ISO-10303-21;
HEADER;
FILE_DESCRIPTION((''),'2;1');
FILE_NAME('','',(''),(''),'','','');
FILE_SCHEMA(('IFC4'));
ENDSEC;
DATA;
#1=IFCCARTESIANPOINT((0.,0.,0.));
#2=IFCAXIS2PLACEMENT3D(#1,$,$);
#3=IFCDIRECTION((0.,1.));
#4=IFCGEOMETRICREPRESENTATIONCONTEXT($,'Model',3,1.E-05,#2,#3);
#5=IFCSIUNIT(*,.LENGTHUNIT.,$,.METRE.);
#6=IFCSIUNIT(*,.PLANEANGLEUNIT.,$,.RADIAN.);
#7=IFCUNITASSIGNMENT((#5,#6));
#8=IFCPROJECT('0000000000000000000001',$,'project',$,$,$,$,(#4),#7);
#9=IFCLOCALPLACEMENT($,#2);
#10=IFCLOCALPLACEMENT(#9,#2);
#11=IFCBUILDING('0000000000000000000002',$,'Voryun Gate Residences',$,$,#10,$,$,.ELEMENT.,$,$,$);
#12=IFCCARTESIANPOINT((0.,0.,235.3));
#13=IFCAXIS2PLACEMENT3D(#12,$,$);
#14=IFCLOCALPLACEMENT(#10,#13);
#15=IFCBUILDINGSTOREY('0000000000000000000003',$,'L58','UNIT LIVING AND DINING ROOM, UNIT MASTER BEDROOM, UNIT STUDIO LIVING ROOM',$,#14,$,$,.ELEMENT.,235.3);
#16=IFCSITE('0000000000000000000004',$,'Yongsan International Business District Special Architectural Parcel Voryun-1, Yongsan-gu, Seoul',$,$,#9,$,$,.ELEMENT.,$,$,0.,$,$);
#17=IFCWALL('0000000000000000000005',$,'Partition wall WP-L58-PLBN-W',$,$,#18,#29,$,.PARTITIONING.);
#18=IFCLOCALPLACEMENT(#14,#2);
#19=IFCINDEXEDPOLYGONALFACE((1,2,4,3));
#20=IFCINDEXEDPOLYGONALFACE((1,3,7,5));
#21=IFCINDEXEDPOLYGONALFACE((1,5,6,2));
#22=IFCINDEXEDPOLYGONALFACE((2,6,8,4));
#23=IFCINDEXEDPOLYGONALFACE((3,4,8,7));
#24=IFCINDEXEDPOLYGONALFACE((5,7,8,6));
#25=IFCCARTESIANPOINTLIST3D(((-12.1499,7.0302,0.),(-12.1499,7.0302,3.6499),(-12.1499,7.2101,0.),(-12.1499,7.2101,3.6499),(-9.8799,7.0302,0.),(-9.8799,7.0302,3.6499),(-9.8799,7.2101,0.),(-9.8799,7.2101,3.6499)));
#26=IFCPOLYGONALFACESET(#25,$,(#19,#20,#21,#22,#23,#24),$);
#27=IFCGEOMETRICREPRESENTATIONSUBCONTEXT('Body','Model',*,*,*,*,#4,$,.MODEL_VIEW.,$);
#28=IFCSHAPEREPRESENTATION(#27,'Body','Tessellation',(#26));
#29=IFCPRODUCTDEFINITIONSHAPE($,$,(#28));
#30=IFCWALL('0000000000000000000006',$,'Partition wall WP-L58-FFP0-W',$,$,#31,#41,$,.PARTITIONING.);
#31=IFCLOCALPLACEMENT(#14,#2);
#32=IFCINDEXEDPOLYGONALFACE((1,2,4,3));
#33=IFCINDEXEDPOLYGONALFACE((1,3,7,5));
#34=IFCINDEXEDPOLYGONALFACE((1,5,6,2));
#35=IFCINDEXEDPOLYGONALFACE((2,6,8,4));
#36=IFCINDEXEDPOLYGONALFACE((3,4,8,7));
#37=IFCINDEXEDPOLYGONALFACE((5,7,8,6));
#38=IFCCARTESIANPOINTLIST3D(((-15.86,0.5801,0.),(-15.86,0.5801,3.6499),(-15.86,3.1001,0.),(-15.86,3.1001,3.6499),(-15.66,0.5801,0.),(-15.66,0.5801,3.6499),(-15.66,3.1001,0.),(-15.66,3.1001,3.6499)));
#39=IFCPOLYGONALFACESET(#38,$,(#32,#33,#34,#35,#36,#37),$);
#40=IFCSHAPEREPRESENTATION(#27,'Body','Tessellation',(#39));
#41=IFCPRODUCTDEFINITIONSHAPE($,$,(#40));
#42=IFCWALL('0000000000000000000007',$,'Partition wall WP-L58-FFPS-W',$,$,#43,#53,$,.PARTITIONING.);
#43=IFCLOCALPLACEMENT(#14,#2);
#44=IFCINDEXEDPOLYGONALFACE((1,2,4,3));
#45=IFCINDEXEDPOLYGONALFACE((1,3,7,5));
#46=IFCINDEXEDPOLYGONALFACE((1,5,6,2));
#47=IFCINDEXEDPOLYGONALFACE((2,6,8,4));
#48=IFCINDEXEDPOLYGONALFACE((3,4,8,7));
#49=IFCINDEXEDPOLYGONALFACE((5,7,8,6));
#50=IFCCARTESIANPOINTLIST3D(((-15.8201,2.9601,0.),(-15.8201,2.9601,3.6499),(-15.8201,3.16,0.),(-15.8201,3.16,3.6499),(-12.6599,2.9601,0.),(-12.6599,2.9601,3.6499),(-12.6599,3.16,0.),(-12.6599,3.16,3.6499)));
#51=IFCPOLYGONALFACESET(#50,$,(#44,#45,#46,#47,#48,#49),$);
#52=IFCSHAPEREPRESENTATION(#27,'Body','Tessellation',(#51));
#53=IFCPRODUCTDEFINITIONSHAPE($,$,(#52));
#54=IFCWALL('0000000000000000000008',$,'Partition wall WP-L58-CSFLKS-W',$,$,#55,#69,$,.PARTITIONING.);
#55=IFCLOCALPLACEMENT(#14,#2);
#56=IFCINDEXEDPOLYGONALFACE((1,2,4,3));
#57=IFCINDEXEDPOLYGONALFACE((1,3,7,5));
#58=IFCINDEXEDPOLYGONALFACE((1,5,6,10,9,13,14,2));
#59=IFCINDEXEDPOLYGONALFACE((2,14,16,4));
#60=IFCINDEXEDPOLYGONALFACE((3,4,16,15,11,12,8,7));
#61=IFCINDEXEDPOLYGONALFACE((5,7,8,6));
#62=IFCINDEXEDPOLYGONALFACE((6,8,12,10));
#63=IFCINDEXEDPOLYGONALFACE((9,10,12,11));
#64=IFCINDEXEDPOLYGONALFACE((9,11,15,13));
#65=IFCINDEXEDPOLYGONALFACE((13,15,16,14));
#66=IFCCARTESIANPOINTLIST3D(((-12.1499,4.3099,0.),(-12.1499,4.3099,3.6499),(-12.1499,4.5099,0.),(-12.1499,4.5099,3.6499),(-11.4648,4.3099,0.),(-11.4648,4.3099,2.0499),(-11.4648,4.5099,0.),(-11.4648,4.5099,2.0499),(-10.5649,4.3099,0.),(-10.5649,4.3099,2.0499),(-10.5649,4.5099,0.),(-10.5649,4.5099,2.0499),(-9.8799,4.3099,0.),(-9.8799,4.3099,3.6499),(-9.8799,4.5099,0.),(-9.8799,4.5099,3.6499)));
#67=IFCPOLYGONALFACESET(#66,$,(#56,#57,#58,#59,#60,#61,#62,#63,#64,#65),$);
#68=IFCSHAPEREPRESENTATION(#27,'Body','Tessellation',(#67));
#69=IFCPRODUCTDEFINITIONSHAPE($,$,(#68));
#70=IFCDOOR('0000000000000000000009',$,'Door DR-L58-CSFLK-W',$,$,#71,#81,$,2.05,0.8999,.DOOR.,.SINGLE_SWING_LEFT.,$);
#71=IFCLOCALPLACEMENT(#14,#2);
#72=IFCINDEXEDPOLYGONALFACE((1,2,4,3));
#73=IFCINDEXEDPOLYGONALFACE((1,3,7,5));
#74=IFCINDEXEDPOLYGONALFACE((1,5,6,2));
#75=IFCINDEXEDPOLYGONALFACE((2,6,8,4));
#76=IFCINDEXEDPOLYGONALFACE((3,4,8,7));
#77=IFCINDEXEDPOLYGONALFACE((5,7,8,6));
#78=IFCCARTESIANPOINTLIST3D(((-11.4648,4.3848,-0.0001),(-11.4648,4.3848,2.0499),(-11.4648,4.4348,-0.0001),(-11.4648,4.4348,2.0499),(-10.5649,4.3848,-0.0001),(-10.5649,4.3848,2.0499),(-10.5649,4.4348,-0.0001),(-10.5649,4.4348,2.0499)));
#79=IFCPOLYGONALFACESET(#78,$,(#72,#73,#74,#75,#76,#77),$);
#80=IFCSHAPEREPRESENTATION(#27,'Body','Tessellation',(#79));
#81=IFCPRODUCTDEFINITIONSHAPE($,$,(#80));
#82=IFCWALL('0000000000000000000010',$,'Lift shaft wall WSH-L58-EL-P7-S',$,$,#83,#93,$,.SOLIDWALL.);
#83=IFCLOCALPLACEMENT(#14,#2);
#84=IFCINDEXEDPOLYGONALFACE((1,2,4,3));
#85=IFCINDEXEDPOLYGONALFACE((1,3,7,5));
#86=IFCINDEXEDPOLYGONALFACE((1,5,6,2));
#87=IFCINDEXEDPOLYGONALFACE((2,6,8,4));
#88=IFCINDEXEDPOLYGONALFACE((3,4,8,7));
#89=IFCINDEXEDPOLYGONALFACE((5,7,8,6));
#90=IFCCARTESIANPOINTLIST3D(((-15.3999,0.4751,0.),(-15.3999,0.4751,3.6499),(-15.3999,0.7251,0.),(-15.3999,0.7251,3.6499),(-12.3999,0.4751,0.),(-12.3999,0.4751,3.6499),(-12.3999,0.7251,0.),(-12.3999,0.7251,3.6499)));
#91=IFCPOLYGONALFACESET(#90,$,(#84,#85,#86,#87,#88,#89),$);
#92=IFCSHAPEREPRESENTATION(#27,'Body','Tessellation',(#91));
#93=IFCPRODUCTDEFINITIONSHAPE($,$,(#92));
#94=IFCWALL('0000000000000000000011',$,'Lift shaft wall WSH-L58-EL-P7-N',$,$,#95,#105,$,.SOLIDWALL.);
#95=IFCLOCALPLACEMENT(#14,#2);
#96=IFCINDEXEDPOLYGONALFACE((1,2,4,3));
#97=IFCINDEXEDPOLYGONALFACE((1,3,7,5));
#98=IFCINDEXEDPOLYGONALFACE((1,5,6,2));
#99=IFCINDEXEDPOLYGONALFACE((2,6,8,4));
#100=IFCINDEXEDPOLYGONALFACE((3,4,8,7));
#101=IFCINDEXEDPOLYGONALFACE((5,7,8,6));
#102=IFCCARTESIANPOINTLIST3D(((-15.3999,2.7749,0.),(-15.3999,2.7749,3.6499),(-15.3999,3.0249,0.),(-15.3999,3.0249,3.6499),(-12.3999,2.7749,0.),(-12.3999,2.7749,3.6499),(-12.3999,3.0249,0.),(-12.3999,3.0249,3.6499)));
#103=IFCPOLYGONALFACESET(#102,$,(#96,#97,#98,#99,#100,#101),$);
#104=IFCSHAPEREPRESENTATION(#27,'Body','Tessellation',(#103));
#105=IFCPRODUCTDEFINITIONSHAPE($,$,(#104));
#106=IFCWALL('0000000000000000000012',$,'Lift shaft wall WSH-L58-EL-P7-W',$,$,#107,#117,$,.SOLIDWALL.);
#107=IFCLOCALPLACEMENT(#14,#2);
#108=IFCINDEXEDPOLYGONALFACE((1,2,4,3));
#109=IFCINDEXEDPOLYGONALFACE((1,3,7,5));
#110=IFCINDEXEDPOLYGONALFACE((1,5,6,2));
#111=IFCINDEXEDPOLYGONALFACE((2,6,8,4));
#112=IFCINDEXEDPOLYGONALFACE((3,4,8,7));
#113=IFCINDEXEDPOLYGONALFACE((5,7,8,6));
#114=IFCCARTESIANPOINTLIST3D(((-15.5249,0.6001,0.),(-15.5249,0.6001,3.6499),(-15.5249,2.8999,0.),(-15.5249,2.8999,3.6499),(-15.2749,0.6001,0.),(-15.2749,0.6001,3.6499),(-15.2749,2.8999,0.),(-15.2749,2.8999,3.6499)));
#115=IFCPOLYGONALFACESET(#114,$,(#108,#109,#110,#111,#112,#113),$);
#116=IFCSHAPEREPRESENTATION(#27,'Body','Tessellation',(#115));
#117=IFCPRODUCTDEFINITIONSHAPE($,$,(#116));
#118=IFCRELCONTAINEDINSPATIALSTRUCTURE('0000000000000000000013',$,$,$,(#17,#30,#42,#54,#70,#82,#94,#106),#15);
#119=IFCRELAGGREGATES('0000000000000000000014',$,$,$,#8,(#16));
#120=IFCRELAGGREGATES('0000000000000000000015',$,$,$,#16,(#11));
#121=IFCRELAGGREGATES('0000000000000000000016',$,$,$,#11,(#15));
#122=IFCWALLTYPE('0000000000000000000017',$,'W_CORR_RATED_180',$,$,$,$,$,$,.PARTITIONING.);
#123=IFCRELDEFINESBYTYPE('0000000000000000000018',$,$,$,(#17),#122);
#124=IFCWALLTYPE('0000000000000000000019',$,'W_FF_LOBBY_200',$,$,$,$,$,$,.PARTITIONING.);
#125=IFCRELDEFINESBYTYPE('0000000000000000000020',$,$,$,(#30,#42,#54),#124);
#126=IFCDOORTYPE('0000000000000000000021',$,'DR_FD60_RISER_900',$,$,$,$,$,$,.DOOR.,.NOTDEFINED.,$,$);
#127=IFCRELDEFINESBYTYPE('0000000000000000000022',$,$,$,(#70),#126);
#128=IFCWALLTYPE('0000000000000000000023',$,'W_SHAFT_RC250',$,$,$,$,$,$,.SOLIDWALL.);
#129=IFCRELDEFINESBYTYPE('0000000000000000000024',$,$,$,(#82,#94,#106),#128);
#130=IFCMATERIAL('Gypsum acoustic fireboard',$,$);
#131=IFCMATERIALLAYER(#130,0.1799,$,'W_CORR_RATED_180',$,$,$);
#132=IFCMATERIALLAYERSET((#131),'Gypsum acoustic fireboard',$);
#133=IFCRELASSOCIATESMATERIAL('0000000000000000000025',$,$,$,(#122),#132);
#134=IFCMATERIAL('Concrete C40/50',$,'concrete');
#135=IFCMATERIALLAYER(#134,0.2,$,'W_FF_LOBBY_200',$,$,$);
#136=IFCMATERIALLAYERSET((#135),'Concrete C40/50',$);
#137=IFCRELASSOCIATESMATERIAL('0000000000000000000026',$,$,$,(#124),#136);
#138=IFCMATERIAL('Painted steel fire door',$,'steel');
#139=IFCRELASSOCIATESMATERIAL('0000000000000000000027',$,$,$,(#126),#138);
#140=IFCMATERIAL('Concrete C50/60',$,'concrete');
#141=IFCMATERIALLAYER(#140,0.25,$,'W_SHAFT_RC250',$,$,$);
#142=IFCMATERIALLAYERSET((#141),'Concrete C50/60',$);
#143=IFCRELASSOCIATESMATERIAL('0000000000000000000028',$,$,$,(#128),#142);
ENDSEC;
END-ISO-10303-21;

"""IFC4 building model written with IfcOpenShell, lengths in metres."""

from ifc_helpers import new_model, si_unit, direction, frame, frame_2d, origin, place, context, subcontext, project, spatial, rectangle, extrude, material, layer, layer_set, type_object, element, fill, save


model = new_model("IFC4")

# Units and contexts
model_context = context("Model", 3, precision=1e-05, world=origin(), true_north=direction((0.0, 1.0)))
body_context = subcontext(model_context, "Body", "Model", "MODEL_VIEW")
ifc_project = project(units=[si_unit("LENGTHUNIT", "METRE"), si_unit("PLANEANGLEUNIT", "RADIAN")], contexts=[model_context])

# Site, building, storey
site_placement = place(None, origin())
site = spatial("IfcSite", under=ifc_project, at=site_placement, Name="Yongsan International Business District Special Architectural Parcel Voryun-1, Yongsan-gu, Seoul", CompositionType="ELEMENT", RefElevation=0.0)
building_placement = place(site_placement, origin())
building = spatial("IfcBuilding", under=site, at=building_placement, Name="Voryun Gate Residences", CompositionType="ELEMENT")
storey_placement = place(building_placement, frame((0.0, 0.0, 235.3)))
storey = spatial("IfcBuildingStorey", under=building, at=storey_placement, Name="L58", Description="UNIT LIVING AND DINING ROOM, UNIT MASTER BEDROOM, UNIT STUDIO LIVING ROOM", CompositionType="ELEMENT", Elevation=235.3)

# Walls
ifc_material_1 = material(Name="Gypsum acoustic fireboard")
ifc_layer_1 = layer(ifc_material_1, 0.1799, Name="W_CORR_RATED_180")
ifc_layer_set_1 = layer_set([ifc_layer_1], Name="Gypsum acoustic fireboard")
wall_type_1 = type_object("IfcWallType", Name="W_CORR_RATED_180", PredefinedType="PARTITIONING", material=ifc_layer_set_1)
wall_1_placement = place(storey_placement, frame((-12.1499, 7.1201, 0.0), z_axis=(0.0, 0.0, 1.0), x_axis=(1.0, 0.0, 0.0)))
element("IfcWall", 1, at=wall_1_placement, inside=storey, type_object=wall_type_1, Name="Partition wall WP-L58-PLBN-W", PredefinedType="PARTITIONING", context=body_context, shape_type="SweptSolid", body=[
    extrude(rectangle(XDim=2.27, YDim=0.1799, at=frame_2d((1.135, 0.0))), origin(), (0.0, 0.0, 1.0), 3.6499),
])
ifc_material_2 = material(Name="Concrete C40/50", Category="concrete")
ifc_layer_2 = layer(ifc_material_2, 0.2, Name="W_FF_LOBBY_200")
ifc_layer_set_2 = layer_set([ifc_layer_2], Name="Concrete C40/50")
wall_type_2 = type_object("IfcWallType", Name="W_FF_LOBBY_200", PredefinedType="PARTITIONING", material=ifc_layer_set_2)
wall_2_placement = place(storey_placement, frame((-15.76, 0.5801, 0.0), z_axis=(0.0, 0.0, 1.0), x_axis=(0.0, 1.0, 0.0)))
element("IfcWall", 2, at=wall_2_placement, inside=storey, type_object=wall_type_2, Name="Partition wall WP-L58-FFP0-W", PredefinedType="PARTITIONING", context=body_context, shape_type="SweptSolid", body=[
    extrude(rectangle(XDim=2.52, YDim=0.2, at=frame_2d((1.26, 0.0))), origin(), (0.0, 0.0, 1.0), 3.6499),
])
wall_3_placement = place(storey_placement, frame((-15.8201, 3.0601, 0.0), z_axis=(0.0, 0.0, 1.0), x_axis=(1.0, 0.0, 0.0)))
element("IfcWall", 3, at=wall_3_placement, inside=storey, type_object=wall_type_2, Name="Partition wall WP-L58-FFPS-W", PredefinedType="PARTITIONING", context=body_context, shape_type="SweptSolid", body=[
    extrude(rectangle(XDim=3.1602, YDim=0.2, at=frame_2d((1.5801, 0.0))), origin(), (0.0, 0.0, 1.0), 3.6499),
])

# Wall, opening, door
wall_4_placement = place(storey_placement, frame((-12.1499, 4.4099, 0.0), z_axis=(0.0, 0.0, 1.0), x_axis=(1.0, 0.0, 0.0)))
wall_4 = element("IfcWall", 4, at=wall_4_placement, inside=storey, type_object=wall_type_2, Name="Partition wall WP-L58-CSFLKS-W", PredefinedType="PARTITIONING", context=body_context, shape_type="SweptSolid", body=[
    extrude(rectangle(XDim=2.27, YDim=0.2, at=frame_2d((1.135, 0.0))), origin(), (0.0, 0.0, 1.0), 3.6499),
])
opening_placement = place(wall_4_placement, frame((0.6851, 0.0, 0.0)))
opening = element("IfcOpeningElement", 5, at=opening_placement, cuts=wall_4, PredefinedType="OPENING", context=body_context, shape_type="SweptSolid", body=[
    extrude(rectangle(XDim=0.8999, YDim=2.05, at=frame_2d((0.45, 1.0249))), frame((0.0, 0.1101, 0.0), z_axis=(0.0, -1.0, 0.0), x_axis=(1.0, 0.0, 0.0)), (0.0, 0.0, 1.0), 0.22),
])
ifc_material_3 = material(Name="Painted steel fire door", Category="steel")
door_type = type_object("IfcDoorType", Name="DR_FD60_RISER_900", OperationType="NOTDEFINED", PredefinedType="DOOR", material=ifc_material_3)
door_placement = place(opening_placement, origin())
door = element("IfcDoor", 6, at=door_placement, inside=storey, type_object=door_type, Name="Door DR-L58-CSFLK-W", OperationType="SINGLE_SWING_LEFT", OverallHeight=2.05, OverallWidth=0.8999, PredefinedType="DOOR", context=body_context, shape_type="SweptSolid", body=[
    extrude(rectangle(XDim=0.8999, YDim=2.05, at=frame_2d((0.45, 1.0249))), frame((0.0, 0.0249, 0.0), z_axis=(0.0, -1.0, 0.0), x_axis=(1.0, 0.0, 0.0)), (0.0, 0.0, 1.0), 0.05),
])
fill(opening, door)

# Walls
ifc_material_4 = material(Name="Concrete C50/60", Category="concrete")
ifc_layer_3 = layer(ifc_material_4, 0.25, Name="W_SHAFT_RC250")
ifc_layer_set_3 = layer_set([ifc_layer_3], Name="Concrete C50/60")
wall_type_3 = type_object("IfcWallType", Name="W_SHAFT_RC250", PredefinedType="SOLIDWALL", material=ifc_layer_set_3)
for number, where, z_axis, x_axis, name in (
    (7, (-15.3999, 0.6001, 0.0), (0.0, 0.0, 1.0), (1.0, 0.0, 0.0), "Lift shaft wall WSH-L58-EL-P7-S"),
    (8, (-12.3999, 2.8999, 0.0), (0.0, 0.0, 1.0), (-1.0, 0.0, 0.0), "Lift shaft wall WSH-L58-EL-P7-N"),
):
    element("IfcWall", number, at=place(storey_placement, frame(where, z_axis=z_axis, x_axis=x_axis)), inside=storey, type_object=wall_type_3, Name=name, PredefinedType="SOLIDWALL", context=body_context, shape_type="SweptSolid", body=[
        extrude(rectangle(XDim=3.0, YDim=0.25, at=frame_2d((1.5, 0.0))), origin(), (0.0, 0.0, 1.0), 3.6499),
    ])
wall_5_placement = place(storey_placement, frame((-15.3999, 2.8999, 0.0), z_axis=(0.0, 0.0, 1.0), x_axis=(0.0, -1.0, 0.0)))
element("IfcWall", 9, at=wall_5_placement, inside=storey, type_object=wall_type_3, Name="Lift shaft wall WSH-L58-EL-P7-W", PredefinedType="SOLIDWALL", context=body_context, shape_type="SweptSolid", body=[
    extrude(rectangle(XDim=2.2998, YDim=0.25, at=frame_2d((1.1499, 0.0))), origin(), (0.0, 0.0, 1.0), 3.6499),
])

save(model, "model.ifc")
